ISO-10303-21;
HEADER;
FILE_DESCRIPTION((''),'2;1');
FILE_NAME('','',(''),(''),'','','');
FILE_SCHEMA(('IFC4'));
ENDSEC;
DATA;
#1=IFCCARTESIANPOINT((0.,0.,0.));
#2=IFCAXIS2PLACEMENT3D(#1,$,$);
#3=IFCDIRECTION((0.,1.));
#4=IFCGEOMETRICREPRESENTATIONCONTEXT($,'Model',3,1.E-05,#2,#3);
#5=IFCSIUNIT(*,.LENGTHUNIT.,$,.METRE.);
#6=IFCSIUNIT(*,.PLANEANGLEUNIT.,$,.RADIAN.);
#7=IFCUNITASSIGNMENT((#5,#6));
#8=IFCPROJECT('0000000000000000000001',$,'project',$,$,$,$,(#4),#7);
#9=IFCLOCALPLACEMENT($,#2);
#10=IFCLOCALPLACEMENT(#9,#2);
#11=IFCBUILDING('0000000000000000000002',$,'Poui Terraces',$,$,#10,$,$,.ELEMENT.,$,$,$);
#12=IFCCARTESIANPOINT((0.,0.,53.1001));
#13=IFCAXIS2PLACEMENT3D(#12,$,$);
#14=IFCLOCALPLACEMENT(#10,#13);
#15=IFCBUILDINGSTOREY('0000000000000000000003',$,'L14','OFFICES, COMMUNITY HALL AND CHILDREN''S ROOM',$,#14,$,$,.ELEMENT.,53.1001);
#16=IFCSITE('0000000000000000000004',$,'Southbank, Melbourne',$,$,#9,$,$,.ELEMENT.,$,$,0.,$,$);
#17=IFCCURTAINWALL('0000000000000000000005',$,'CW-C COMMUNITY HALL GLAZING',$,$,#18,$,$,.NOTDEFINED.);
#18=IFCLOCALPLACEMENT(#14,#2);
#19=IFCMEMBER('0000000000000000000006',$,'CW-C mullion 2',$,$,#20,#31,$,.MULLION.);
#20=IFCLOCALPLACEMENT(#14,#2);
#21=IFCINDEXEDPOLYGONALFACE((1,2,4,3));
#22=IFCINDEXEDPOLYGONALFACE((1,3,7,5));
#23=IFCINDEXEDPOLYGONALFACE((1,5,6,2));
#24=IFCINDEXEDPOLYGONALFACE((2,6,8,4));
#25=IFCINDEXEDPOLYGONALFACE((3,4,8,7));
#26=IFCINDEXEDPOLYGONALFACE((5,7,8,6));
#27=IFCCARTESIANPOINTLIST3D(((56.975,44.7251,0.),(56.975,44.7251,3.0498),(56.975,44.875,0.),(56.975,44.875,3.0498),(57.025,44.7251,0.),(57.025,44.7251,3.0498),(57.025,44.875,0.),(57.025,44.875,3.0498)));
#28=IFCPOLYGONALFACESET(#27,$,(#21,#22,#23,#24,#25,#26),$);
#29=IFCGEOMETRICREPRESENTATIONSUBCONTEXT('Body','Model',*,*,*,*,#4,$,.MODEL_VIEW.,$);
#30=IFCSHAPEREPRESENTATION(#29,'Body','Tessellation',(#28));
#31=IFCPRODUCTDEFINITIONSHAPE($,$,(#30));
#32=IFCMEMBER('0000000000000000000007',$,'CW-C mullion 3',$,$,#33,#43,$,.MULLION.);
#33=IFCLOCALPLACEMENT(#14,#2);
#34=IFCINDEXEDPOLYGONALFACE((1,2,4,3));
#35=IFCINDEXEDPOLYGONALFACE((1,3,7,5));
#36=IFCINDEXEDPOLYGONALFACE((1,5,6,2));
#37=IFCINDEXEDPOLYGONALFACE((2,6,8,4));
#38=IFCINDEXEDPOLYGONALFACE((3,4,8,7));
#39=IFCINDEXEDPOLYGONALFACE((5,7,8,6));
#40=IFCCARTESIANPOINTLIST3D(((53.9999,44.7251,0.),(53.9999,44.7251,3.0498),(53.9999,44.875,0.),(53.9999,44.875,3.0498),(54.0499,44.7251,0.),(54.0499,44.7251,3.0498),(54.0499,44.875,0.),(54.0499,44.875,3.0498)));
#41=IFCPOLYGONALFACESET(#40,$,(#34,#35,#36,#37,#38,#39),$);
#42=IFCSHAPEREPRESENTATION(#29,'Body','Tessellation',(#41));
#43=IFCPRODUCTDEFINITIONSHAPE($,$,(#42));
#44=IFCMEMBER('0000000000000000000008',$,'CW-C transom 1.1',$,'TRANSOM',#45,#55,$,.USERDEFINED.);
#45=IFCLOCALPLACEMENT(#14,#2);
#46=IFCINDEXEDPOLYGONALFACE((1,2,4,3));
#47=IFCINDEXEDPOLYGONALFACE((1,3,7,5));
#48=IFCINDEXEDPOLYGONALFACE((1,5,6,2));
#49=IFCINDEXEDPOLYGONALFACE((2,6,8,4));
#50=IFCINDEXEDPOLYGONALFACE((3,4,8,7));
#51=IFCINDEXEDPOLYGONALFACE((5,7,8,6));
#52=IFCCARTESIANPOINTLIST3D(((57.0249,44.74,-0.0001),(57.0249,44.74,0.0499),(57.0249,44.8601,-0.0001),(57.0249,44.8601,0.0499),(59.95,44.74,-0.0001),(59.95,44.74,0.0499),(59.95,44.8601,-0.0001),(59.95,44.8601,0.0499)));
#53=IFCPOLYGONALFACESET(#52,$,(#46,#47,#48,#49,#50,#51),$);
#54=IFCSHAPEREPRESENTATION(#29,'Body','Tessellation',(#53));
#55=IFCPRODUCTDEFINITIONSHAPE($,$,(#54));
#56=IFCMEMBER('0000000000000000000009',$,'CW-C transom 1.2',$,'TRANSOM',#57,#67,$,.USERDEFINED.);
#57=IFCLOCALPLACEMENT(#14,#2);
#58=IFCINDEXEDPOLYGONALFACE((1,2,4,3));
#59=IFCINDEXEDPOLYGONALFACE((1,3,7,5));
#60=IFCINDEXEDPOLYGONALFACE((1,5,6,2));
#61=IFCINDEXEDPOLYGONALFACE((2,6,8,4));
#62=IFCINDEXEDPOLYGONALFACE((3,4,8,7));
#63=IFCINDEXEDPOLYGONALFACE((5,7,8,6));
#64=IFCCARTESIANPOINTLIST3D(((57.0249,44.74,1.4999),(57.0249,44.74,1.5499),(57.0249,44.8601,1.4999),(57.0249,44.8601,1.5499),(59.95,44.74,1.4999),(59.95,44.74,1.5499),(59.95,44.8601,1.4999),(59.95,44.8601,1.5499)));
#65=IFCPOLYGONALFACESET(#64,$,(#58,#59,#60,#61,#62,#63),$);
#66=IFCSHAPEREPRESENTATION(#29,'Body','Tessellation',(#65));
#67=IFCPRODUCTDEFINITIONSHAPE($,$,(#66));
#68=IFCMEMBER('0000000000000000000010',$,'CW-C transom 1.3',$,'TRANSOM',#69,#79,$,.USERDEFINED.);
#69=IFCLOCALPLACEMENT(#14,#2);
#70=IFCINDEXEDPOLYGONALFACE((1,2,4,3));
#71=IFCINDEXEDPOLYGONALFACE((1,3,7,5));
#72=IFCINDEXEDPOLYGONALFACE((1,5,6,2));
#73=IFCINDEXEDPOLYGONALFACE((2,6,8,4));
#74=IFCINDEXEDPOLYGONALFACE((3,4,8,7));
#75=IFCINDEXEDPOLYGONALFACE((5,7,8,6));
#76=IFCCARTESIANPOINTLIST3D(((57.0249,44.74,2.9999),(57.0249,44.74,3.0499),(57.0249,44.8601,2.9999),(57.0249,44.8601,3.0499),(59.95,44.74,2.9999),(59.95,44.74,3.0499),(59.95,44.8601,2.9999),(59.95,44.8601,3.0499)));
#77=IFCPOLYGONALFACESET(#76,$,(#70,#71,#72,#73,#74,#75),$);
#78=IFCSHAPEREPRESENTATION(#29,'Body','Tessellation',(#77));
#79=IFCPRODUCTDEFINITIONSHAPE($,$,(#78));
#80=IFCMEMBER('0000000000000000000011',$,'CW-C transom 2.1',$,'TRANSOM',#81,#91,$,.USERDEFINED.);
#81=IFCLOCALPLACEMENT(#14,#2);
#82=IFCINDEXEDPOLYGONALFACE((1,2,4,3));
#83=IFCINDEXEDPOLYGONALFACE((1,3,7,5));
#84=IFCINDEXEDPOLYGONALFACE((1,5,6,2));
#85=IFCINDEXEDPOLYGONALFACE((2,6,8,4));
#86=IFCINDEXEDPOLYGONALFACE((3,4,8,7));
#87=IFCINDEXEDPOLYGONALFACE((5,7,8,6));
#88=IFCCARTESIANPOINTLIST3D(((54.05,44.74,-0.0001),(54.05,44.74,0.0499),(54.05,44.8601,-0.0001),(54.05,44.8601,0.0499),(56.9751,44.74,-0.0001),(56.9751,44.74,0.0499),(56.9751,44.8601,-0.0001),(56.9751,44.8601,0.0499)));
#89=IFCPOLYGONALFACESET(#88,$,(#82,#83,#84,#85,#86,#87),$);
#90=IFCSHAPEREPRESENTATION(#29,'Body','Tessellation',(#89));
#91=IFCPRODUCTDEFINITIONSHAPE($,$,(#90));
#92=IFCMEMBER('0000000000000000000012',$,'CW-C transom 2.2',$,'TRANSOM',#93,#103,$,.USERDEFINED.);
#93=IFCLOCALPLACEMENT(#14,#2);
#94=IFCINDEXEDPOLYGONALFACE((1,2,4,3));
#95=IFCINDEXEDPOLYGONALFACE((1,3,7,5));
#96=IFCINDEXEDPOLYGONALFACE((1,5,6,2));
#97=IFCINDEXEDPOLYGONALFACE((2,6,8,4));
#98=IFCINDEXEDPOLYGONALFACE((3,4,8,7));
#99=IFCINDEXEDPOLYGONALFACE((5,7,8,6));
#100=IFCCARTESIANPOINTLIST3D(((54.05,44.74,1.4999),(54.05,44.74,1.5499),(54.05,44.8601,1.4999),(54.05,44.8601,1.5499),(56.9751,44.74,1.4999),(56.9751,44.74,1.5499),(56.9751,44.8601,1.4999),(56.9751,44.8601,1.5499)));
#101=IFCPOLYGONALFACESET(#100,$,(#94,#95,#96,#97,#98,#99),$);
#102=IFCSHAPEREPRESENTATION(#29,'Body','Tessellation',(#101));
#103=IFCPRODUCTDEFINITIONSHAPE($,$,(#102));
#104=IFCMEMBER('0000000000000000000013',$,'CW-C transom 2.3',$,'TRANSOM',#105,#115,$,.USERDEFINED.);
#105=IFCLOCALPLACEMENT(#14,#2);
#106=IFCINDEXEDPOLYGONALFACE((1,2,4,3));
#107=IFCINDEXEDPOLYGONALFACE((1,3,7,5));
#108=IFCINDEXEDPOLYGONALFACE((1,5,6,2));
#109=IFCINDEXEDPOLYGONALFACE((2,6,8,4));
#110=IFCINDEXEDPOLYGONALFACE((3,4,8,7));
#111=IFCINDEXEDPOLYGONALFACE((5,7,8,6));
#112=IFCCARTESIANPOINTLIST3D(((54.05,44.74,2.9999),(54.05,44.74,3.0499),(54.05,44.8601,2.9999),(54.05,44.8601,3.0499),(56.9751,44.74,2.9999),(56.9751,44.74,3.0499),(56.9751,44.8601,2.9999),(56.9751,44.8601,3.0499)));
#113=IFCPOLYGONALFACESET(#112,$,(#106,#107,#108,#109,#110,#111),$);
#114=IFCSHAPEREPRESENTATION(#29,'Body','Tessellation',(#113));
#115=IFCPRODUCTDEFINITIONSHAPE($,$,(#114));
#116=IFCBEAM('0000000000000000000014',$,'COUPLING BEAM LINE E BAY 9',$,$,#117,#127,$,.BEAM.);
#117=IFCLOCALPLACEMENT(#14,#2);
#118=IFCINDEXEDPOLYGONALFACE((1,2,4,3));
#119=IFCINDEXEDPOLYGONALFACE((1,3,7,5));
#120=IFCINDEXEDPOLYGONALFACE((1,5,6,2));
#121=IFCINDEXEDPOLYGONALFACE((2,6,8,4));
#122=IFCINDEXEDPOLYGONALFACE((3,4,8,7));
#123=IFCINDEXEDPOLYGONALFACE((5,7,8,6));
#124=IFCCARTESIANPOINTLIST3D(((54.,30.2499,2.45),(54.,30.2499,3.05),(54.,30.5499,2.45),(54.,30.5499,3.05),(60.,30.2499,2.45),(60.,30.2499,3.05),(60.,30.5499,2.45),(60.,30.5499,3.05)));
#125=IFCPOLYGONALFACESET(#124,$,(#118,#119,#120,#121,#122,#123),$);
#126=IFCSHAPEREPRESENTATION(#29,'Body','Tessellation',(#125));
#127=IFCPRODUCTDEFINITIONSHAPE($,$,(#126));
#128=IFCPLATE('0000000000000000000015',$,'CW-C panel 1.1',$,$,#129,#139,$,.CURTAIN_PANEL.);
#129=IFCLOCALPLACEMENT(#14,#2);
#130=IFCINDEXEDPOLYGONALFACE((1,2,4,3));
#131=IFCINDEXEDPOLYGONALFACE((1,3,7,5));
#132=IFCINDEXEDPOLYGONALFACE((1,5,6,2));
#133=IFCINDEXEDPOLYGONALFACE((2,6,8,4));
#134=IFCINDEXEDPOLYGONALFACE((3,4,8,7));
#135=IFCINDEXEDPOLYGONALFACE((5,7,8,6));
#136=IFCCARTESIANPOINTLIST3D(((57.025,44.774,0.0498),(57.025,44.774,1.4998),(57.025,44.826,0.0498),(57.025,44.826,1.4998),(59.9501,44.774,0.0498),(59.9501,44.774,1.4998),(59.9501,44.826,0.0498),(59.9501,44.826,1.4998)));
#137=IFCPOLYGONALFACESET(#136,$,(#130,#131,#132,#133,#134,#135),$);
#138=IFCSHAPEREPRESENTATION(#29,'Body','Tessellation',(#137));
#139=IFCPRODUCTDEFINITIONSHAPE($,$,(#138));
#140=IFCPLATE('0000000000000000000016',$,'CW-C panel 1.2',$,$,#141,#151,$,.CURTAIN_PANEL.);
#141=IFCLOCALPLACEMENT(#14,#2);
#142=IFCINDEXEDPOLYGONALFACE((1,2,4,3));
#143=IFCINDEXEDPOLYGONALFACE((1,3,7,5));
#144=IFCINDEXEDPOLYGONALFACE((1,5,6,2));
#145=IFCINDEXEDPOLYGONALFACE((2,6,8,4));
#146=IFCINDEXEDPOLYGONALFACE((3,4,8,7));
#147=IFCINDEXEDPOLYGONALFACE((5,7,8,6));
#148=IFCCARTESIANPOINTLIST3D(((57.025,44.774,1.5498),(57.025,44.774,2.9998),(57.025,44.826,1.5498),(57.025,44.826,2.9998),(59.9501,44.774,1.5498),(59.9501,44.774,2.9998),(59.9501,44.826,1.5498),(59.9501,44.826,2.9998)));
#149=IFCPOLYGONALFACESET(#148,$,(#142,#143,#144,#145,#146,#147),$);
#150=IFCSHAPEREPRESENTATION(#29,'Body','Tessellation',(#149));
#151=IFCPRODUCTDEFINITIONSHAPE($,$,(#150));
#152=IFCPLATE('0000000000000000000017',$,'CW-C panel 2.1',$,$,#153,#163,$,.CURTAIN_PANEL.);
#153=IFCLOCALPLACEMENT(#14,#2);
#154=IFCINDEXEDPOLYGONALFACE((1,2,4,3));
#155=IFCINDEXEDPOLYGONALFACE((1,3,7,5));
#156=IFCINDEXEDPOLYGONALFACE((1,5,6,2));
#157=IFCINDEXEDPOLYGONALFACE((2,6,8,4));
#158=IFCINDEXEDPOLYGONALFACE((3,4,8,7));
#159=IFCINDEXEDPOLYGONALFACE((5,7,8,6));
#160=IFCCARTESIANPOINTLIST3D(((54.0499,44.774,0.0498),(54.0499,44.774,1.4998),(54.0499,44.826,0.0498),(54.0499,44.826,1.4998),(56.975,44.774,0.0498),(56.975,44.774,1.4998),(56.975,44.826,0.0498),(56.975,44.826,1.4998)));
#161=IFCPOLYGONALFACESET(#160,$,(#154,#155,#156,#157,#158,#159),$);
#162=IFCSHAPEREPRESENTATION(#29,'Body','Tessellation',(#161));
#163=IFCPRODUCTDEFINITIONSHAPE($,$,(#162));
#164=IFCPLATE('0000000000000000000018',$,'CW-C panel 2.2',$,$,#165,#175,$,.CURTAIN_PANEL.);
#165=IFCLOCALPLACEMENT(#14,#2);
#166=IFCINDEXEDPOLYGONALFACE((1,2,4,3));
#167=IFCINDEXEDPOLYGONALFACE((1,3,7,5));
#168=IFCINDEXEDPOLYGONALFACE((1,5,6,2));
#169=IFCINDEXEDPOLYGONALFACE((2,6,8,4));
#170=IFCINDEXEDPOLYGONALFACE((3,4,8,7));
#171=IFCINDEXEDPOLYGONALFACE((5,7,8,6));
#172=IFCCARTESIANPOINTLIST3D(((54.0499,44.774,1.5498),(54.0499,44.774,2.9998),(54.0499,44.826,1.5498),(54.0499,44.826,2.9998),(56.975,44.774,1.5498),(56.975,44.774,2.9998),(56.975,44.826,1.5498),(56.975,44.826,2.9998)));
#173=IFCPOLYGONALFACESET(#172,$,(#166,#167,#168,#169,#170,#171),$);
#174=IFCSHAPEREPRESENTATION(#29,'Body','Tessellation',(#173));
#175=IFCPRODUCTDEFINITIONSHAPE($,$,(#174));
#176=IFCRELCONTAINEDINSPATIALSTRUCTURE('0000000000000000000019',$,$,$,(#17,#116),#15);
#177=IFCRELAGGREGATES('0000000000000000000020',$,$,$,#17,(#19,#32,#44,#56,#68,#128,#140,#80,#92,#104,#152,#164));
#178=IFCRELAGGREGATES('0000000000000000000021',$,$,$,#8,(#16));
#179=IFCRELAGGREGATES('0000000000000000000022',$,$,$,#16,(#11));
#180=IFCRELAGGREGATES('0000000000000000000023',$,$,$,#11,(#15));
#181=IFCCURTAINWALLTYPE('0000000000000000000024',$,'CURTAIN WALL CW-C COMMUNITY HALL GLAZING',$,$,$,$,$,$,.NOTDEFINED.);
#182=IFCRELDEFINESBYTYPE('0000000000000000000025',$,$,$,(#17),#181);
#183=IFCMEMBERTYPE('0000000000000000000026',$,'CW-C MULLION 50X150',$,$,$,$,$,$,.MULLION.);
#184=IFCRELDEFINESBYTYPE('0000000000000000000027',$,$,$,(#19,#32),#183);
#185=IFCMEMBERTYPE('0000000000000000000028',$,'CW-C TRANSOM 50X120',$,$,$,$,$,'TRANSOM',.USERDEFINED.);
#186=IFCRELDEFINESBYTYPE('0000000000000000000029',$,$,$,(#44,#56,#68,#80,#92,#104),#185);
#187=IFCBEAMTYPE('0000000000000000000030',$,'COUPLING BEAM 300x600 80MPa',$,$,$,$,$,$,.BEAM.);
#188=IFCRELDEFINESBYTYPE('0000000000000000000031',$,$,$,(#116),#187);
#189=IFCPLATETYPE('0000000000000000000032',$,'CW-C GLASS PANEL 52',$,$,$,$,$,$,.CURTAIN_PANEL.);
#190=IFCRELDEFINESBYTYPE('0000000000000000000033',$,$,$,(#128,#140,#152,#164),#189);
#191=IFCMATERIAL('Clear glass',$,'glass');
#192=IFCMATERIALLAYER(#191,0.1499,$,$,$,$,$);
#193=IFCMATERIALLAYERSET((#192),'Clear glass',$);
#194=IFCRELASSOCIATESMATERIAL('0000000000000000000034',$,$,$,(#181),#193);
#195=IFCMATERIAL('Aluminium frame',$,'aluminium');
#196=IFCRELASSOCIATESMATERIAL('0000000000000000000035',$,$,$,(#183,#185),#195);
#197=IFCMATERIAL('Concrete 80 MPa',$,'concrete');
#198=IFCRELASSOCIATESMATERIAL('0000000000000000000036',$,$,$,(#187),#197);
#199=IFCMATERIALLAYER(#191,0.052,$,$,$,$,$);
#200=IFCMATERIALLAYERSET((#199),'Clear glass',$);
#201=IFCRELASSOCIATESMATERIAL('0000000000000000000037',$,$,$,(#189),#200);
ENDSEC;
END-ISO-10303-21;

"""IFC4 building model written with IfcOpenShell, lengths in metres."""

from ifc_helpers import new_model, si_unit, direction, frame, origin, origin_2d, place, context, subcontext, project, spatial, rectangle, extrude, source, transform, mapped, material, layer, layer_set, material_profile, profile_set, type_object, element, aggregate, save


model = new_model("IFC4")

# Units and contexts
model_context = context("Model", 3, precision=1e-05, world=origin(), true_north=direction((0.0, 1.0)))
body_context = subcontext(model_context, "Body", "Model", "MODEL_VIEW")
ifc_project = project(units=[si_unit("LENGTHUNIT", "METRE"), si_unit("PLANEANGLEUNIT", "RADIAN")], contexts=[model_context])

# Site, building, storey
site_placement = place(None, origin())
site = spatial("IfcSite", under=ifc_project, at=site_placement, Name="Southbank, Melbourne", CompositionType="ELEMENT", RefElevation=0.0)
building_placement = place(site_placement, origin())
building = spatial("IfcBuilding", under=site, at=building_placement, Name="Poui Terraces", CompositionType="ELEMENT")
storey_placement = place(building_placement, frame((0.0, 0.0, 53.1001)))
storey = spatial("IfcBuildingStorey", under=building, at=storey_placement, Name="L14", Description="OFFICES, COMMUNITY HALL AND CHILDREN'S ROOM", CompositionType="ELEMENT", Elevation=53.1001)

# Curtain wall, members
ifc_material_1 = material(Name="Clear glass", Category="glass")
ifc_layer_1 = layer(ifc_material_1, 0.1499)
ifc_layer_set_1 = layer_set([ifc_layer_1], Name="Clear glass")
curtain_wall_type = type_object("IfcCurtainWallType", Name="CURTAIN WALL CW-C COMMUNITY HALL GLAZING", PredefinedType="NOTDEFINED", material=ifc_layer_set_1)
curtain_wall_placement = place(storey_placement, origin())
curtain_wall = element("IfcCurtainWall", 1, at=curtain_wall_placement, inside=storey, type_object=curtain_wall_type, Name="CW-C COMMUNITY HALL GLAZING", PredefinedType="NOTDEFINED")
ifc_material_2 = material(Name="Aluminium frame", Category="aluminium")
ifc_material_profile_1 = material_profile(ifc_material_2, rectangle(XDim=0.1499, YDim=0.05, at=origin_2d()), Name="CW-C MULLION 50X150")
ifc_profile_set_1 = profile_set([ifc_material_profile_1], Name="Aluminium frame")
member_type_1 = type_object("IfcMemberType", Name="CW-C MULLION 50X150", PredefinedType="MULLION", material=ifc_profile_set_1)
member_1_placement = place(storey_placement, frame((57.0, 44.8, 0.0), z_axis=(0.0, 0.0, 1.0), x_axis=(0.0, -1.0, 0.0)))
member_1 = element("IfcMember", 2, at=member_1_placement, type_object=member_type_1, Name="CW-C mullion 2", PredefinedType="MULLION", context=body_context, shape_type="SweptSolid", body=[
    extrude(rectangle(XDim=0.1499, YDim=0.05, at=origin_2d()), origin(), (0.0, 0.0, 1.0), 3.0498),
])
member_2_placement = place(storey_placement, frame((54.0249, 44.8, 0.0), z_axis=(0.0, 0.0, 1.0), x_axis=(0.0, -1.0, 0.0)))
member_2 = element("IfcMember", 3, at=member_2_placement, type_object=member_type_1, Name="CW-C mullion 3", PredefinedType="MULLION", context=body_context, shape_type="SweptSolid", body=[
    extrude(rectangle(XDim=0.1499, YDim=0.05, at=origin_2d()), origin(), (0.0, 0.0, 1.0), 3.0498),
])
ifc_material_profile_2 = material_profile(ifc_material_2, rectangle(XDim=0.1201, YDim=0.05, at=origin_2d()), Name="CW-C TRANSOM 50X120")
ifc_profile_set_2 = profile_set([ifc_material_profile_2], Name="Aluminium frame")
member_type_2 = type_object("IfcMemberType", Name="CW-C TRANSOM 50X120", ElementType="TRANSOM", PredefinedType="USERDEFINED", material=ifc_profile_set_2)
member_3_placement = place(storey_placement, frame((59.95, 44.8, 0.0249), z_axis=(-1.0, 0.0, 0.0), x_axis=(0.0, -1.0, 0.0)))
member_3 = element("IfcMember", 4, at=member_3_placement, type_object=member_type_2, Name="CW-C transom 1.1", ObjectType="TRANSOM", PredefinedType="USERDEFINED", context=body_context, shape_type="SweptSolid", body=[
    extrude(rectangle(XDim=0.1201, YDim=0.05, at=origin_2d()), origin(), (0.0, 0.0, 1.0), 2.925),
])
member_4_placement = place(storey_placement, frame((59.95, 44.8, 1.5249), z_axis=(-1.0, 0.0, 0.0), x_axis=(0.0, -1.0, 0.0)))
member_4 = element("IfcMember", 5, at=member_4_placement, type_object=member_type_2, Name="CW-C transom 1.2", ObjectType="TRANSOM", PredefinedType="USERDEFINED", context=body_context, shape_type="SweptSolid", body=[
    extrude(rectangle(XDim=0.1201, YDim=0.05, at=origin_2d()), origin(), (0.0, 0.0, 1.0), 2.925),
])
member_5_placement = place(storey_placement, frame((59.95, 44.8, 3.0249), z_axis=(-1.0, 0.0, 0.0), x_axis=(0.0, -1.0, 0.0)))
member_5 = element("IfcMember", 6, at=member_5_placement, type_object=member_type_2, Name="CW-C transom 1.3", ObjectType="TRANSOM", PredefinedType="USERDEFINED", context=body_context, shape_type="SweptSolid", body=[
    extrude(rectangle(XDim=0.1201, YDim=0.05, at=origin_2d()), origin(), (0.0, 0.0, 1.0), 2.925),
])
member_6_placement = place(storey_placement, frame((56.9751, 44.8, 0.0249), z_axis=(-1.0, 0.0, 0.0), x_axis=(0.0, -1.0, 0.0)))
member_6 = element("IfcMember", 7, at=member_6_placement, type_object=member_type_2, Name="CW-C transom 2.1", ObjectType="TRANSOM", PredefinedType="USERDEFINED", context=body_context, shape_type="SweptSolid", body=[
    extrude(rectangle(XDim=0.1201, YDim=0.05, at=origin_2d()), origin(), (0.0, 0.0, 1.0), 2.925),
])
member_7_placement = place(storey_placement, frame((56.9751, 44.8, 1.5249), z_axis=(-1.0, 0.0, 0.0), x_axis=(0.0, -1.0, 0.0)))
member_7 = element("IfcMember", 8, at=member_7_placement, type_object=member_type_2, Name="CW-C transom 2.2", ObjectType="TRANSOM", PredefinedType="USERDEFINED", context=body_context, shape_type="SweptSolid", body=[
    extrude(rectangle(XDim=0.1201, YDim=0.05, at=origin_2d()), origin(), (0.0, 0.0, 1.0), 2.925),
])
member_8_placement = place(storey_placement, frame((56.9751, 44.8, 3.0249), z_axis=(-1.0, 0.0, 0.0), x_axis=(0.0, -1.0, 0.0)))
member_8 = element("IfcMember", 9, at=member_8_placement, type_object=member_type_2, Name="CW-C transom 2.3", ObjectType="TRANSOM", PredefinedType="USERDEFINED", context=body_context, shape_type="SweptSolid", body=[
    extrude(rectangle(XDim=0.1201, YDim=0.05, at=origin_2d()), origin(), (0.0, 0.0, 1.0), 2.925),
])

# Beam
ifc_material_3 = material(Name="Concrete 80 MPa", Category="concrete")
ifc_material_profile_3 = material_profile(ifc_material_3, rectangle(XDim=0.3, YDim=0.6001, at=origin_2d()), Name="RC 300x600")
ifc_profile_set_3 = profile_set([ifc_material_profile_3], Name="Concrete 80 MPa")
beam_type = type_object("IfcBeamType", Name="COUPLING BEAM 300x600 80MPa", PredefinedType="BEAM", material=ifc_profile_set_3)
shared_shape = source(origin(), body_context, "Body", "SweptSolid", [
    extrude(rectangle(XDim=0.3, YDim=0.6001, at=origin_2d()), origin(), (0.0, 0.0, 1.0), 6.0),
])
beam_placement = place(storey_placement, frame((54.0, 30.3999, 2.75), z_axis=(1.0, 0.0, 0.0), x_axis=(0.0, 1.0, 0.0)))
element("IfcBeam", 10, at=beam_placement, inside=storey, type_object=beam_type, Name="COUPLING BEAM LINE E BAY 9", PredefinedType="BEAM", context=body_context, shape_type="MappedRepresentation", body=[
    mapped(shared_shape, transform((0.0, 0.0, 0.0))),
])

# Plates
ifc_layer_2 = layer(ifc_material_1, 0.052)
ifc_layer_set_2 = layer_set([ifc_layer_2], Name="Clear glass")
plate_type = type_object("IfcPlateType", Name="CW-C GLASS PANEL 52", PredefinedType="CURTAIN_PANEL", material=ifc_layer_set_2)
plate_1_placement = place(storey_placement, frame((58.4875, 44.8, 0.0498), z_axis=(0.0, 0.0, 1.0), x_axis=(-1.0, 0.0, 0.0)))
plate_1 = element("IfcPlate", 11, at=plate_1_placement, type_object=plate_type, Name="CW-C panel 1.1", PredefinedType="CURTAIN_PANEL", context=body_context, shape_type="SweptSolid", body=[
    extrude(rectangle(XDim=2.925, YDim=0.052, at=origin_2d()), origin(), (0.0, 0.0, 1.0), 1.45),
])
plate_2_placement = place(storey_placement, frame((58.4875, 44.8, 1.5498), z_axis=(0.0, 0.0, 1.0), x_axis=(-1.0, 0.0, 0.0)))
plate_2 = element("IfcPlate", 12, at=plate_2_placement, type_object=plate_type, Name="CW-C panel 1.2", PredefinedType="CURTAIN_PANEL", context=body_context, shape_type="SweptSolid", body=[
    extrude(rectangle(XDim=2.925, YDim=0.052, at=origin_2d()), origin(), (0.0, 0.0, 1.0), 1.45),
])
plate_3_placement = place(storey_placement, frame((55.5125, 44.8, 0.0498), z_axis=(0.0, 0.0, 1.0), x_axis=(-1.0, 0.0, 0.0)))
plate_3 = element("IfcPlate", 13, at=plate_3_placement, type_object=plate_type, Name="CW-C panel 2.1", PredefinedType="CURTAIN_PANEL", context=body_context, shape_type="SweptSolid", body=[
    extrude(rectangle(XDim=2.925, YDim=0.052, at=origin_2d()), origin(), (0.0, 0.0, 1.0), 1.45),
])
plate_4_placement = place(storey_placement, frame((55.5125, 44.8, 1.5498), z_axis=(0.0, 0.0, 1.0), x_axis=(-1.0, 0.0, 0.0)))
plate_4 = element("IfcPlate", 14, at=plate_4_placement, type_object=plate_type, Name="CW-C panel 2.2", PredefinedType="CURTAIN_PANEL", context=body_context, shape_type="SweptSolid", body=[
    extrude(rectangle(XDim=2.925, YDim=0.052, at=origin_2d()), origin(), (0.0, 0.0, 1.0), 1.45),
])
aggregate(curtain_wall, [member_1, member_2, member_3, member_4, member_5, plate_1, plate_2, member_6, member_7, member_8, plate_3, plate_4])

save(model, "model.ifc")
